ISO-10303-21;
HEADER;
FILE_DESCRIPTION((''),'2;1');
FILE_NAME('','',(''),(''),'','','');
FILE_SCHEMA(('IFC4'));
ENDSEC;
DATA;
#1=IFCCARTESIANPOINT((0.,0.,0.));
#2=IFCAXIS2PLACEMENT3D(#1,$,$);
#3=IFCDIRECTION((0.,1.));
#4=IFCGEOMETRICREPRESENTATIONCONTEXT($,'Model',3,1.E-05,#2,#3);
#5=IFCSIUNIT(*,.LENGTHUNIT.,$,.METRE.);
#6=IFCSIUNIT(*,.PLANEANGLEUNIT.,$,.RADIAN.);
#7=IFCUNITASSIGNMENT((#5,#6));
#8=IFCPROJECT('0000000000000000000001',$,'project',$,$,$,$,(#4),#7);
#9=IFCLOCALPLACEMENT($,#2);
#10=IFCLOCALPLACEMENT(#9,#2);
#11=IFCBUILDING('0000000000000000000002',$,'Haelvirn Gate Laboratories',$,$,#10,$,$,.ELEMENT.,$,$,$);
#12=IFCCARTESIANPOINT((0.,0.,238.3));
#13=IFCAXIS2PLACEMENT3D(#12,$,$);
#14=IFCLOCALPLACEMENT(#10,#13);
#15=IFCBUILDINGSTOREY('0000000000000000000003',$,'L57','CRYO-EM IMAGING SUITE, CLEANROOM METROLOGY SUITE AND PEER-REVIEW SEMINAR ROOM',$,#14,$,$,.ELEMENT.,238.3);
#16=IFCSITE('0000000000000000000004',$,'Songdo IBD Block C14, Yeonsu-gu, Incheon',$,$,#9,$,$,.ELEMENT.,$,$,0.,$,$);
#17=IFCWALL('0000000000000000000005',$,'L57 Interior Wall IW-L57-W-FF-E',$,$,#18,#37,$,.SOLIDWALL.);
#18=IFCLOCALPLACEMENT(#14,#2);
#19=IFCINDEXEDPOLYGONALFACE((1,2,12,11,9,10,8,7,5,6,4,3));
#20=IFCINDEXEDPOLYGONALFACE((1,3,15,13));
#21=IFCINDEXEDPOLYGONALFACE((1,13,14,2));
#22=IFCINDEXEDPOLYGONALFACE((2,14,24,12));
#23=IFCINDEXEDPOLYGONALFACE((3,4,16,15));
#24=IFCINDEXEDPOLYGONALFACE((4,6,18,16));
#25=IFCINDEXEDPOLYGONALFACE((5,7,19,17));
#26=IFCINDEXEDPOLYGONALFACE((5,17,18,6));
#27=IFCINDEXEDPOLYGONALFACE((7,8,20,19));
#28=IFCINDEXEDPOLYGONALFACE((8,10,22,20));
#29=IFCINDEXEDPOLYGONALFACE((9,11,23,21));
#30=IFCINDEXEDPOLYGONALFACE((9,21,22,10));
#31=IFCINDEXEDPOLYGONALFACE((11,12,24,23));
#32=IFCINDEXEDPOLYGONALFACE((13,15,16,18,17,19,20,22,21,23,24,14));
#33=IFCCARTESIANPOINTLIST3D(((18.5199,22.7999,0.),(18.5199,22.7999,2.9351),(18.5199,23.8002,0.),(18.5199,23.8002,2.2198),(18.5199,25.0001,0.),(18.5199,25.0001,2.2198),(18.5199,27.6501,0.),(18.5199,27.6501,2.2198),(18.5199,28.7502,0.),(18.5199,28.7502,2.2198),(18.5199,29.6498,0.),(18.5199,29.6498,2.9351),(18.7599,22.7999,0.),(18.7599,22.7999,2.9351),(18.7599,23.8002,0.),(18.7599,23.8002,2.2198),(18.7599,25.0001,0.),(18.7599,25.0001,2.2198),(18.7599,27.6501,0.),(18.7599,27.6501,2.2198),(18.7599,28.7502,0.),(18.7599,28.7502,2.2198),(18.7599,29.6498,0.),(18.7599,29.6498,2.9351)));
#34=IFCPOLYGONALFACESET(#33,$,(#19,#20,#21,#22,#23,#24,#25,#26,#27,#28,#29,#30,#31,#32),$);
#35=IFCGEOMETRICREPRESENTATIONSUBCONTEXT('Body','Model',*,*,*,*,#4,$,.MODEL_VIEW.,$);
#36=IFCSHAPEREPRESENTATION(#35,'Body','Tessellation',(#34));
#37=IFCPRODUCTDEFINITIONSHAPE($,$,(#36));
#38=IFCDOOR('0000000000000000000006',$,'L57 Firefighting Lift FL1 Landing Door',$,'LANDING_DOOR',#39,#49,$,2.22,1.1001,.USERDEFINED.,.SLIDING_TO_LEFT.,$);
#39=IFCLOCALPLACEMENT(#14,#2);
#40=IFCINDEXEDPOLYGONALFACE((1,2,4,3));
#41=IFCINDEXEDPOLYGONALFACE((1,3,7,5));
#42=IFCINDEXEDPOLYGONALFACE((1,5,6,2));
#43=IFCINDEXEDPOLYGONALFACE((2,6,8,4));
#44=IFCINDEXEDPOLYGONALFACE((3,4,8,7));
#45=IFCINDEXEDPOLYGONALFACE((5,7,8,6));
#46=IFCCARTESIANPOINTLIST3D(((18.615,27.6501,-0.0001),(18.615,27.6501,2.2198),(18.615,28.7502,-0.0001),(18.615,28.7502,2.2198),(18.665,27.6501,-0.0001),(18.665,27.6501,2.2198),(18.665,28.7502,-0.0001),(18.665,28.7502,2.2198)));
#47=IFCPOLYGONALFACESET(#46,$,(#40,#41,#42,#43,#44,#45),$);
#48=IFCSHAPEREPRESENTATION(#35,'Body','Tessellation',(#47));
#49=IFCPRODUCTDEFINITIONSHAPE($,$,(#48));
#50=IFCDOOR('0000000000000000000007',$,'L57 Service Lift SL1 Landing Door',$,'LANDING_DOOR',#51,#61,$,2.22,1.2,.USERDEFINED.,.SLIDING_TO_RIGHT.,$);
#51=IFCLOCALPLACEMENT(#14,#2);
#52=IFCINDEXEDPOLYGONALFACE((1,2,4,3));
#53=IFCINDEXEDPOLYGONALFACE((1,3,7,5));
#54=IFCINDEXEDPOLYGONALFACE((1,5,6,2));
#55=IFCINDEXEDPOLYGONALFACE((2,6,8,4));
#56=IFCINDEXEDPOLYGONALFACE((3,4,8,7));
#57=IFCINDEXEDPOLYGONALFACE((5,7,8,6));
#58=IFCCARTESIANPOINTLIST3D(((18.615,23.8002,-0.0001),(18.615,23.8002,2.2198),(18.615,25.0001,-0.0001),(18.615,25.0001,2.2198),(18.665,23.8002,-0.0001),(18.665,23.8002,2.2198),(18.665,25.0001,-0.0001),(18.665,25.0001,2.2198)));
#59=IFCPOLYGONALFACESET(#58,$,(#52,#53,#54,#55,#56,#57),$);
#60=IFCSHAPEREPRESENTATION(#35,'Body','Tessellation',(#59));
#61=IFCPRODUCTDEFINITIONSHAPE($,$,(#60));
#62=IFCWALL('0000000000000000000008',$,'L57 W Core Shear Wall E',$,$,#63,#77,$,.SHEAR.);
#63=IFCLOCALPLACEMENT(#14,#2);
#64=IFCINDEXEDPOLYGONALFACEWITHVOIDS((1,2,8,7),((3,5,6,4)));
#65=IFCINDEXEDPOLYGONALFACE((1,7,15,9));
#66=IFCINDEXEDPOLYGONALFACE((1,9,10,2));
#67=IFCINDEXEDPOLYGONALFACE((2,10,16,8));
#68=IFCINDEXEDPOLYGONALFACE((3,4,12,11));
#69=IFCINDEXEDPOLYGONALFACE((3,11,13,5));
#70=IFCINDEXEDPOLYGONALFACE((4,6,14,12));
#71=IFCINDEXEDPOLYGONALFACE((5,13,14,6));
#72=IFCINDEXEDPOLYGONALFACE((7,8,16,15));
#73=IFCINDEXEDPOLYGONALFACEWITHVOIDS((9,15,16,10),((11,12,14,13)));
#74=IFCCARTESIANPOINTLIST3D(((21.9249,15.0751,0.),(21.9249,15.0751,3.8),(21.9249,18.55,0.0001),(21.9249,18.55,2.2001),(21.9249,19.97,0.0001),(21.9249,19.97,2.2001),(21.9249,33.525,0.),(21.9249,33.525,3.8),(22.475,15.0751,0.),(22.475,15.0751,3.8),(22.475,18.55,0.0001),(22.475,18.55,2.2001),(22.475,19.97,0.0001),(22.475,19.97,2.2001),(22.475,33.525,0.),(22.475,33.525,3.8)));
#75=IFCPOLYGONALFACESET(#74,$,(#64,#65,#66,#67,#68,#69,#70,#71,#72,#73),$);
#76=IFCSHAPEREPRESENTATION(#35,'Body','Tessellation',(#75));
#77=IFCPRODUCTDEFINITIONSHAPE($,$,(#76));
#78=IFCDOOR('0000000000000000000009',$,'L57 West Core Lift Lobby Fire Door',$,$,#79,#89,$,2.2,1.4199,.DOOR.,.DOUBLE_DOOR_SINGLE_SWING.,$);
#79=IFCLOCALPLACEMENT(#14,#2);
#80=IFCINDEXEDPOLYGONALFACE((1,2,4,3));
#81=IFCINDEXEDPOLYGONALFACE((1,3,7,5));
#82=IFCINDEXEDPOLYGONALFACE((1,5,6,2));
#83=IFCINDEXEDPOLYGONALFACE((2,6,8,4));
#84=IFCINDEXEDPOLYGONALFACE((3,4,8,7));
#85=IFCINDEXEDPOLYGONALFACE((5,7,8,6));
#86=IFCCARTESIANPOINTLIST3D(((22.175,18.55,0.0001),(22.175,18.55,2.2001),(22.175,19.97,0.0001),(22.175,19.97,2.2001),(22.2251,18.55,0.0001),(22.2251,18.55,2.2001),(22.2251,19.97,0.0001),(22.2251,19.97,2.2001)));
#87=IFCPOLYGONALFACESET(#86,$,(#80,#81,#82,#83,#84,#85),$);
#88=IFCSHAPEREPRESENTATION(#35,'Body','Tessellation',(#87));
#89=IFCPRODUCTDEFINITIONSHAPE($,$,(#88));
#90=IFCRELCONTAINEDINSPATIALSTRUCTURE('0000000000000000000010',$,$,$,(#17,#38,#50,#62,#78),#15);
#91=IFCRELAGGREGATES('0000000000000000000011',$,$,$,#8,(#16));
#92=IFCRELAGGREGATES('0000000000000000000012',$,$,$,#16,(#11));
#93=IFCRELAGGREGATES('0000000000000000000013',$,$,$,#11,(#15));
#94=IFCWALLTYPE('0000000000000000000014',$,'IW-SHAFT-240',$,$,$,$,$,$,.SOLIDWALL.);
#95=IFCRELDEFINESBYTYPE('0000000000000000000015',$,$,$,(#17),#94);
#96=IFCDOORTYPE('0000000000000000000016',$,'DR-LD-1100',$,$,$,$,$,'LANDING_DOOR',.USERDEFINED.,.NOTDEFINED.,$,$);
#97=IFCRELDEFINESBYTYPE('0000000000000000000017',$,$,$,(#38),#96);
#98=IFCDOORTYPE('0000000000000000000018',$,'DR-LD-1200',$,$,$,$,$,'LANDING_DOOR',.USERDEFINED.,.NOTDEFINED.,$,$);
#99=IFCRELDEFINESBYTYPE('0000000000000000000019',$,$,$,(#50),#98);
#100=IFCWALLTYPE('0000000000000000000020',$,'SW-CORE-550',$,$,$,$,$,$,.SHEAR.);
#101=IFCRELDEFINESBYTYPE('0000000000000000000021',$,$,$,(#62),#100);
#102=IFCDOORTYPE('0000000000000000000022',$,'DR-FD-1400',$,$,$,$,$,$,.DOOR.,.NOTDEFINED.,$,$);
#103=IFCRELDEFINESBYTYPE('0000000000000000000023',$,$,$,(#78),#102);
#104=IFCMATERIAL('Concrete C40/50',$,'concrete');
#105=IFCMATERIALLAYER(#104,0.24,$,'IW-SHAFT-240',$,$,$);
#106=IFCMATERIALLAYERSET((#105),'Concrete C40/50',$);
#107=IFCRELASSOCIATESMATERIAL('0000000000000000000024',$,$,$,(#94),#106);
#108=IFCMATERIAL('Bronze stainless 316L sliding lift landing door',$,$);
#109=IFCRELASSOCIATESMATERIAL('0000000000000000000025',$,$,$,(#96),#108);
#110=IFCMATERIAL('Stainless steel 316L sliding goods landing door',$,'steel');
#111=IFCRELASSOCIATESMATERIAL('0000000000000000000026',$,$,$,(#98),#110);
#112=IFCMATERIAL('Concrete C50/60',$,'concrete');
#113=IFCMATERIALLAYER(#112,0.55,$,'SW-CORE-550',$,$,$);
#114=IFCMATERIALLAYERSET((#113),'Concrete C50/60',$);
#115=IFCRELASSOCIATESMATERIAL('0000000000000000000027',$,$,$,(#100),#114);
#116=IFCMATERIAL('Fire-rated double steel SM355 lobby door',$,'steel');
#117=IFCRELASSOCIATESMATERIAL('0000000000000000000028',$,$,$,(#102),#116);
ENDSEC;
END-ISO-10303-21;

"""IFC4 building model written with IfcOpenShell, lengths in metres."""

from ifc_helpers import new_model, si_unit, direction, frame, frame_2d, origin, place, context, subcontext, project, spatial, rectangle, extrude, source, transform, mapped, material, layer, layer_set, type_object, type_shapes, element, fill, save


model = new_model("IFC4")

# Units and contexts
model_context = context("Model", 3, precision=1e-05, world=origin(), true_north=direction((0.0, 1.0)))
body_context = subcontext(model_context, "Body", "Model", "MODEL_VIEW")
ifc_project = project(units=[si_unit("LENGTHUNIT", "METRE"), si_unit("PLANEANGLEUNIT", "RADIAN")], contexts=[model_context])

# Site, building, storey
site_placement = place(None, origin())
site = spatial("IfcSite", under=ifc_project, at=site_placement, Name="Songdo IBD Block C14, Yeonsu-gu, Incheon", CompositionType="ELEMENT", RefElevation=0.0)
building_placement = place(site_placement, origin())
building = spatial("IfcBuilding", under=site, at=building_placement, Name="Haelvirn Gate Laboratories", CompositionType="ELEMENT")
storey_placement = place(building_placement, frame((0.0, 0.0, 238.3)))
storey = spatial("IfcBuildingStorey", under=building, at=storey_placement, Name="L57", Description="CRYO-EM IMAGING SUITE, CLEANROOM METROLOGY SUITE AND PEER-REVIEW SEMINAR ROOM", CompositionType="ELEMENT", Elevation=238.3)

# Shared definitions
ifc_material_1 = material(Name="Concrete C40/50", Category="concrete")

# Wall, openings, doors
ifc_layer_1 = layer(ifc_material_1, 0.24, Name="IW-SHAFT-240")
ifc_layer_set_1 = layer_set([ifc_layer_1], Name="Concrete C40/50")
wall_type_1 = type_object("IfcWallType", Name="IW-SHAFT-240", PredefinedType="SOLIDWALL", material=ifc_layer_set_1)
wall_1_placement = place(storey_placement, frame((18.6399, 22.8, 0.0), z_axis=(0.0, 0.0, 1.0), x_axis=(0.0, 1.0, 0.0)))
wall_1 = element("IfcWall", 1, at=wall_1_placement, inside=storey, type_object=wall_type_1, Name="L57 Interior Wall IW-L57-W-FF-E", PredefinedType="SOLIDWALL", context=body_context, shape_type="SweptSolid", body=[
    extrude(rectangle(XDim=6.8499, YDim=0.24, at=frame_2d((3.4248, 0.0))), origin(), (0.0, 0.0, 1.0), 2.9351),
])
opening_1_placement = place(wall_1_placement, frame((4.8501, 0.0, 0.0)))
opening_1 = element("IfcOpeningElement", 2, at=opening_1_placement, cuts=wall_1, PredefinedType="OPENING", context=body_context, shape_type="SweptSolid", body=[
    extrude(rectangle(XDim=1.1001, YDim=2.22, at=frame_2d((0.55, 1.1099))), frame((0.0, 0.1299, 0.0), z_axis=(0.0, -1.0, 0.0), x_axis=(1.0, 0.0, 0.0)), (0.0, 0.0, 1.0), 0.26),
])
opening_2_placement = place(wall_1_placement, frame((1.0, 0.0, 0.0)))
opening_2 = element("IfcOpeningElement", 3, at=opening_2_placement, cuts=wall_1, PredefinedType="OPENING", context=body_context, shape_type="SweptSolid", body=[
    extrude(rectangle(XDim=1.2, YDim=2.22, at=frame_2d((0.6001, 1.1099))), frame((0.0, 0.1299, 0.0), z_axis=(0.0, -1.0, 0.0), x_axis=(1.0, 0.0, 0.0)), (0.0, 0.0, 1.0), 0.26),
])
ifc_material_2 = material(Name="Bronze stainless 316L sliding lift landing door")
door_type_1 = type_object("IfcDoorType", Name="DR-LD-1100", ElementType="LANDING_DOOR", OperationType="NOTDEFINED", PredefinedType="USERDEFINED", material=ifc_material_2)
shared_shape_1 = source(origin(), body_context, "Body", "SweptSolid", [
    extrude(rectangle(XDim=1.1001, YDim=2.22, at=frame_2d((0.55, 1.1099))), frame((0.0, 0.0249, 0.0), z_axis=(0.0, -1.0, 0.0), x_axis=(1.0, 0.0, 0.0)), (0.0, 0.0, 1.0), 0.05),
])
type_shapes(door_type_1, [shared_shape_1])
door_1_placement = place(opening_1_placement, origin())
door_1 = element("IfcDoor", 4, at=door_1_placement, inside=storey, type_object=door_type_1, Name="L57 Firefighting Lift FL1 Landing Door", ObjectType="LANDING_DOOR", OperationType="SLIDING_TO_LEFT", OverallHeight=2.22, OverallWidth=1.1001, PredefinedType="USERDEFINED", context=body_context, shape_type="MappedRepresentation", body=[
    mapped(shared_shape_1, transform((0.0, 0.0, 0.0), scale=1.0)),
])
fill(opening_1, door_1)
ifc_material_3 = material(Name="Stainless steel 316L sliding goods landing door", Category="steel")
door_type_2 = type_object("IfcDoorType", Name="DR-LD-1200", ElementType="LANDING_DOOR", OperationType="NOTDEFINED", PredefinedType="USERDEFINED", material=ifc_material_3)
shared_shape_2 = source(origin(), body_context, "Body", "SweptSolid", [
    extrude(rectangle(XDim=1.2, YDim=2.22, at=frame_2d((0.6001, 1.1099))), frame((0.0, 0.0249, 0.0), z_axis=(0.0, -1.0, 0.0), x_axis=(1.0, 0.0, 0.0)), (0.0, 0.0, 1.0), 0.05),
])
type_shapes(door_type_2, [shared_shape_2])
door_2_placement = place(opening_2_placement, origin())
door_2 = element("IfcDoor", 5, at=door_2_placement, inside=storey, type_object=door_type_2, Name="L57 Service Lift SL1 Landing Door", ObjectType="LANDING_DOOR", OperationType="SLIDING_TO_RIGHT", OverallHeight=2.22, OverallWidth=1.2, PredefinedType="USERDEFINED", context=body_context, shape_type="MappedRepresentation", body=[
    mapped(shared_shape_2, transform((0.0, 0.0, 0.0), scale=1.0)),
])
fill(opening_2, door_2)

# Wall, opening, door
ifc_material_4 = material(Name="Concrete C50/60", Category="concrete")
ifc_layer_2 = layer(ifc_material_4, 0.55, Name="SW-CORE-550")
ifc_layer_set_2 = layer_set([ifc_layer_2], Name="Concrete C50/60")
wall_type_2 = type_object("IfcWallType", Name="SW-CORE-550", PredefinedType="SHEAR", material=ifc_layer_set_2)
wall_2_placement = place(storey_placement, frame((22.2, 15.075, 0.0), z_axis=(0.0, 0.0, 1.0), x_axis=(0.0, 1.0, 0.0)))
wall_2 = element("IfcWall", 6, at=wall_2_placement, inside=storey, type_object=wall_type_2, Name="L57 W Core Shear Wall E", PredefinedType="SHEAR", context=body_context, shape_type="SweptSolid", body=[
    extrude(rectangle(XDim=18.45, YDim=0.55, at=frame_2d((9.2251, 0.0))), origin(), (0.0, 0.0, 1.0), 3.8),
])
opening_3_placement = place(wall_2_placement, frame((3.4751, 0.0, 0.0)))
opening_3 = element("IfcOpeningElement", 7, at=opening_3_placement, cuts=wall_2, PredefinedType="OPENING", context=body_context, shape_type="SweptSolid", body=[
    extrude(rectangle(XDim=1.4199, YDim=2.2, at=frame_2d((0.71, 1.1001))), frame((0.0, 0.2852, 0.0), z_axis=(0.0, -1.0, 0.0), x_axis=(1.0, 0.0, 0.0)), (0.0, 0.0, 1.0), 0.5701),
])
ifc_material_5 = material(Name="Fire-rated double steel SM355 lobby door", Category="steel")
door_type_3 = type_object("IfcDoorType", Name="DR-FD-1400", OperationType="NOTDEFINED", PredefinedType="DOOR", material=ifc_material_5)
shared_shape_3 = source(origin(), body_context, "Body", "SweptSolid", [
    extrude(rectangle(XDim=1.4199, YDim=2.2, at=frame_2d((0.71, 1.1001))), frame((0.0, 0.0249, 0.0), z_axis=(0.0, -1.0, 0.0), x_axis=(1.0, 0.0, 0.0)), (0.0, 0.0, 1.0), 0.05),
])
type_shapes(door_type_3, [shared_shape_3])
door_3_placement = place(opening_3_placement, origin())
door_3 = element("IfcDoor", 8, at=door_3_placement, inside=storey, type_object=door_type_3, Name="L57 West Core Lift Lobby Fire Door", OperationType="DOUBLE_DOOR_SINGLE_SWING", OverallHeight=2.2, OverallWidth=1.4199, PredefinedType="DOOR", context=body_context, shape_type="MappedRepresentation", body=[
    mapped(shared_shape_3, transform((0.0, 0.0, 0.0), scale=1.0)),
])
fill(opening_3, door_3)

save(model, "model.ifc")
